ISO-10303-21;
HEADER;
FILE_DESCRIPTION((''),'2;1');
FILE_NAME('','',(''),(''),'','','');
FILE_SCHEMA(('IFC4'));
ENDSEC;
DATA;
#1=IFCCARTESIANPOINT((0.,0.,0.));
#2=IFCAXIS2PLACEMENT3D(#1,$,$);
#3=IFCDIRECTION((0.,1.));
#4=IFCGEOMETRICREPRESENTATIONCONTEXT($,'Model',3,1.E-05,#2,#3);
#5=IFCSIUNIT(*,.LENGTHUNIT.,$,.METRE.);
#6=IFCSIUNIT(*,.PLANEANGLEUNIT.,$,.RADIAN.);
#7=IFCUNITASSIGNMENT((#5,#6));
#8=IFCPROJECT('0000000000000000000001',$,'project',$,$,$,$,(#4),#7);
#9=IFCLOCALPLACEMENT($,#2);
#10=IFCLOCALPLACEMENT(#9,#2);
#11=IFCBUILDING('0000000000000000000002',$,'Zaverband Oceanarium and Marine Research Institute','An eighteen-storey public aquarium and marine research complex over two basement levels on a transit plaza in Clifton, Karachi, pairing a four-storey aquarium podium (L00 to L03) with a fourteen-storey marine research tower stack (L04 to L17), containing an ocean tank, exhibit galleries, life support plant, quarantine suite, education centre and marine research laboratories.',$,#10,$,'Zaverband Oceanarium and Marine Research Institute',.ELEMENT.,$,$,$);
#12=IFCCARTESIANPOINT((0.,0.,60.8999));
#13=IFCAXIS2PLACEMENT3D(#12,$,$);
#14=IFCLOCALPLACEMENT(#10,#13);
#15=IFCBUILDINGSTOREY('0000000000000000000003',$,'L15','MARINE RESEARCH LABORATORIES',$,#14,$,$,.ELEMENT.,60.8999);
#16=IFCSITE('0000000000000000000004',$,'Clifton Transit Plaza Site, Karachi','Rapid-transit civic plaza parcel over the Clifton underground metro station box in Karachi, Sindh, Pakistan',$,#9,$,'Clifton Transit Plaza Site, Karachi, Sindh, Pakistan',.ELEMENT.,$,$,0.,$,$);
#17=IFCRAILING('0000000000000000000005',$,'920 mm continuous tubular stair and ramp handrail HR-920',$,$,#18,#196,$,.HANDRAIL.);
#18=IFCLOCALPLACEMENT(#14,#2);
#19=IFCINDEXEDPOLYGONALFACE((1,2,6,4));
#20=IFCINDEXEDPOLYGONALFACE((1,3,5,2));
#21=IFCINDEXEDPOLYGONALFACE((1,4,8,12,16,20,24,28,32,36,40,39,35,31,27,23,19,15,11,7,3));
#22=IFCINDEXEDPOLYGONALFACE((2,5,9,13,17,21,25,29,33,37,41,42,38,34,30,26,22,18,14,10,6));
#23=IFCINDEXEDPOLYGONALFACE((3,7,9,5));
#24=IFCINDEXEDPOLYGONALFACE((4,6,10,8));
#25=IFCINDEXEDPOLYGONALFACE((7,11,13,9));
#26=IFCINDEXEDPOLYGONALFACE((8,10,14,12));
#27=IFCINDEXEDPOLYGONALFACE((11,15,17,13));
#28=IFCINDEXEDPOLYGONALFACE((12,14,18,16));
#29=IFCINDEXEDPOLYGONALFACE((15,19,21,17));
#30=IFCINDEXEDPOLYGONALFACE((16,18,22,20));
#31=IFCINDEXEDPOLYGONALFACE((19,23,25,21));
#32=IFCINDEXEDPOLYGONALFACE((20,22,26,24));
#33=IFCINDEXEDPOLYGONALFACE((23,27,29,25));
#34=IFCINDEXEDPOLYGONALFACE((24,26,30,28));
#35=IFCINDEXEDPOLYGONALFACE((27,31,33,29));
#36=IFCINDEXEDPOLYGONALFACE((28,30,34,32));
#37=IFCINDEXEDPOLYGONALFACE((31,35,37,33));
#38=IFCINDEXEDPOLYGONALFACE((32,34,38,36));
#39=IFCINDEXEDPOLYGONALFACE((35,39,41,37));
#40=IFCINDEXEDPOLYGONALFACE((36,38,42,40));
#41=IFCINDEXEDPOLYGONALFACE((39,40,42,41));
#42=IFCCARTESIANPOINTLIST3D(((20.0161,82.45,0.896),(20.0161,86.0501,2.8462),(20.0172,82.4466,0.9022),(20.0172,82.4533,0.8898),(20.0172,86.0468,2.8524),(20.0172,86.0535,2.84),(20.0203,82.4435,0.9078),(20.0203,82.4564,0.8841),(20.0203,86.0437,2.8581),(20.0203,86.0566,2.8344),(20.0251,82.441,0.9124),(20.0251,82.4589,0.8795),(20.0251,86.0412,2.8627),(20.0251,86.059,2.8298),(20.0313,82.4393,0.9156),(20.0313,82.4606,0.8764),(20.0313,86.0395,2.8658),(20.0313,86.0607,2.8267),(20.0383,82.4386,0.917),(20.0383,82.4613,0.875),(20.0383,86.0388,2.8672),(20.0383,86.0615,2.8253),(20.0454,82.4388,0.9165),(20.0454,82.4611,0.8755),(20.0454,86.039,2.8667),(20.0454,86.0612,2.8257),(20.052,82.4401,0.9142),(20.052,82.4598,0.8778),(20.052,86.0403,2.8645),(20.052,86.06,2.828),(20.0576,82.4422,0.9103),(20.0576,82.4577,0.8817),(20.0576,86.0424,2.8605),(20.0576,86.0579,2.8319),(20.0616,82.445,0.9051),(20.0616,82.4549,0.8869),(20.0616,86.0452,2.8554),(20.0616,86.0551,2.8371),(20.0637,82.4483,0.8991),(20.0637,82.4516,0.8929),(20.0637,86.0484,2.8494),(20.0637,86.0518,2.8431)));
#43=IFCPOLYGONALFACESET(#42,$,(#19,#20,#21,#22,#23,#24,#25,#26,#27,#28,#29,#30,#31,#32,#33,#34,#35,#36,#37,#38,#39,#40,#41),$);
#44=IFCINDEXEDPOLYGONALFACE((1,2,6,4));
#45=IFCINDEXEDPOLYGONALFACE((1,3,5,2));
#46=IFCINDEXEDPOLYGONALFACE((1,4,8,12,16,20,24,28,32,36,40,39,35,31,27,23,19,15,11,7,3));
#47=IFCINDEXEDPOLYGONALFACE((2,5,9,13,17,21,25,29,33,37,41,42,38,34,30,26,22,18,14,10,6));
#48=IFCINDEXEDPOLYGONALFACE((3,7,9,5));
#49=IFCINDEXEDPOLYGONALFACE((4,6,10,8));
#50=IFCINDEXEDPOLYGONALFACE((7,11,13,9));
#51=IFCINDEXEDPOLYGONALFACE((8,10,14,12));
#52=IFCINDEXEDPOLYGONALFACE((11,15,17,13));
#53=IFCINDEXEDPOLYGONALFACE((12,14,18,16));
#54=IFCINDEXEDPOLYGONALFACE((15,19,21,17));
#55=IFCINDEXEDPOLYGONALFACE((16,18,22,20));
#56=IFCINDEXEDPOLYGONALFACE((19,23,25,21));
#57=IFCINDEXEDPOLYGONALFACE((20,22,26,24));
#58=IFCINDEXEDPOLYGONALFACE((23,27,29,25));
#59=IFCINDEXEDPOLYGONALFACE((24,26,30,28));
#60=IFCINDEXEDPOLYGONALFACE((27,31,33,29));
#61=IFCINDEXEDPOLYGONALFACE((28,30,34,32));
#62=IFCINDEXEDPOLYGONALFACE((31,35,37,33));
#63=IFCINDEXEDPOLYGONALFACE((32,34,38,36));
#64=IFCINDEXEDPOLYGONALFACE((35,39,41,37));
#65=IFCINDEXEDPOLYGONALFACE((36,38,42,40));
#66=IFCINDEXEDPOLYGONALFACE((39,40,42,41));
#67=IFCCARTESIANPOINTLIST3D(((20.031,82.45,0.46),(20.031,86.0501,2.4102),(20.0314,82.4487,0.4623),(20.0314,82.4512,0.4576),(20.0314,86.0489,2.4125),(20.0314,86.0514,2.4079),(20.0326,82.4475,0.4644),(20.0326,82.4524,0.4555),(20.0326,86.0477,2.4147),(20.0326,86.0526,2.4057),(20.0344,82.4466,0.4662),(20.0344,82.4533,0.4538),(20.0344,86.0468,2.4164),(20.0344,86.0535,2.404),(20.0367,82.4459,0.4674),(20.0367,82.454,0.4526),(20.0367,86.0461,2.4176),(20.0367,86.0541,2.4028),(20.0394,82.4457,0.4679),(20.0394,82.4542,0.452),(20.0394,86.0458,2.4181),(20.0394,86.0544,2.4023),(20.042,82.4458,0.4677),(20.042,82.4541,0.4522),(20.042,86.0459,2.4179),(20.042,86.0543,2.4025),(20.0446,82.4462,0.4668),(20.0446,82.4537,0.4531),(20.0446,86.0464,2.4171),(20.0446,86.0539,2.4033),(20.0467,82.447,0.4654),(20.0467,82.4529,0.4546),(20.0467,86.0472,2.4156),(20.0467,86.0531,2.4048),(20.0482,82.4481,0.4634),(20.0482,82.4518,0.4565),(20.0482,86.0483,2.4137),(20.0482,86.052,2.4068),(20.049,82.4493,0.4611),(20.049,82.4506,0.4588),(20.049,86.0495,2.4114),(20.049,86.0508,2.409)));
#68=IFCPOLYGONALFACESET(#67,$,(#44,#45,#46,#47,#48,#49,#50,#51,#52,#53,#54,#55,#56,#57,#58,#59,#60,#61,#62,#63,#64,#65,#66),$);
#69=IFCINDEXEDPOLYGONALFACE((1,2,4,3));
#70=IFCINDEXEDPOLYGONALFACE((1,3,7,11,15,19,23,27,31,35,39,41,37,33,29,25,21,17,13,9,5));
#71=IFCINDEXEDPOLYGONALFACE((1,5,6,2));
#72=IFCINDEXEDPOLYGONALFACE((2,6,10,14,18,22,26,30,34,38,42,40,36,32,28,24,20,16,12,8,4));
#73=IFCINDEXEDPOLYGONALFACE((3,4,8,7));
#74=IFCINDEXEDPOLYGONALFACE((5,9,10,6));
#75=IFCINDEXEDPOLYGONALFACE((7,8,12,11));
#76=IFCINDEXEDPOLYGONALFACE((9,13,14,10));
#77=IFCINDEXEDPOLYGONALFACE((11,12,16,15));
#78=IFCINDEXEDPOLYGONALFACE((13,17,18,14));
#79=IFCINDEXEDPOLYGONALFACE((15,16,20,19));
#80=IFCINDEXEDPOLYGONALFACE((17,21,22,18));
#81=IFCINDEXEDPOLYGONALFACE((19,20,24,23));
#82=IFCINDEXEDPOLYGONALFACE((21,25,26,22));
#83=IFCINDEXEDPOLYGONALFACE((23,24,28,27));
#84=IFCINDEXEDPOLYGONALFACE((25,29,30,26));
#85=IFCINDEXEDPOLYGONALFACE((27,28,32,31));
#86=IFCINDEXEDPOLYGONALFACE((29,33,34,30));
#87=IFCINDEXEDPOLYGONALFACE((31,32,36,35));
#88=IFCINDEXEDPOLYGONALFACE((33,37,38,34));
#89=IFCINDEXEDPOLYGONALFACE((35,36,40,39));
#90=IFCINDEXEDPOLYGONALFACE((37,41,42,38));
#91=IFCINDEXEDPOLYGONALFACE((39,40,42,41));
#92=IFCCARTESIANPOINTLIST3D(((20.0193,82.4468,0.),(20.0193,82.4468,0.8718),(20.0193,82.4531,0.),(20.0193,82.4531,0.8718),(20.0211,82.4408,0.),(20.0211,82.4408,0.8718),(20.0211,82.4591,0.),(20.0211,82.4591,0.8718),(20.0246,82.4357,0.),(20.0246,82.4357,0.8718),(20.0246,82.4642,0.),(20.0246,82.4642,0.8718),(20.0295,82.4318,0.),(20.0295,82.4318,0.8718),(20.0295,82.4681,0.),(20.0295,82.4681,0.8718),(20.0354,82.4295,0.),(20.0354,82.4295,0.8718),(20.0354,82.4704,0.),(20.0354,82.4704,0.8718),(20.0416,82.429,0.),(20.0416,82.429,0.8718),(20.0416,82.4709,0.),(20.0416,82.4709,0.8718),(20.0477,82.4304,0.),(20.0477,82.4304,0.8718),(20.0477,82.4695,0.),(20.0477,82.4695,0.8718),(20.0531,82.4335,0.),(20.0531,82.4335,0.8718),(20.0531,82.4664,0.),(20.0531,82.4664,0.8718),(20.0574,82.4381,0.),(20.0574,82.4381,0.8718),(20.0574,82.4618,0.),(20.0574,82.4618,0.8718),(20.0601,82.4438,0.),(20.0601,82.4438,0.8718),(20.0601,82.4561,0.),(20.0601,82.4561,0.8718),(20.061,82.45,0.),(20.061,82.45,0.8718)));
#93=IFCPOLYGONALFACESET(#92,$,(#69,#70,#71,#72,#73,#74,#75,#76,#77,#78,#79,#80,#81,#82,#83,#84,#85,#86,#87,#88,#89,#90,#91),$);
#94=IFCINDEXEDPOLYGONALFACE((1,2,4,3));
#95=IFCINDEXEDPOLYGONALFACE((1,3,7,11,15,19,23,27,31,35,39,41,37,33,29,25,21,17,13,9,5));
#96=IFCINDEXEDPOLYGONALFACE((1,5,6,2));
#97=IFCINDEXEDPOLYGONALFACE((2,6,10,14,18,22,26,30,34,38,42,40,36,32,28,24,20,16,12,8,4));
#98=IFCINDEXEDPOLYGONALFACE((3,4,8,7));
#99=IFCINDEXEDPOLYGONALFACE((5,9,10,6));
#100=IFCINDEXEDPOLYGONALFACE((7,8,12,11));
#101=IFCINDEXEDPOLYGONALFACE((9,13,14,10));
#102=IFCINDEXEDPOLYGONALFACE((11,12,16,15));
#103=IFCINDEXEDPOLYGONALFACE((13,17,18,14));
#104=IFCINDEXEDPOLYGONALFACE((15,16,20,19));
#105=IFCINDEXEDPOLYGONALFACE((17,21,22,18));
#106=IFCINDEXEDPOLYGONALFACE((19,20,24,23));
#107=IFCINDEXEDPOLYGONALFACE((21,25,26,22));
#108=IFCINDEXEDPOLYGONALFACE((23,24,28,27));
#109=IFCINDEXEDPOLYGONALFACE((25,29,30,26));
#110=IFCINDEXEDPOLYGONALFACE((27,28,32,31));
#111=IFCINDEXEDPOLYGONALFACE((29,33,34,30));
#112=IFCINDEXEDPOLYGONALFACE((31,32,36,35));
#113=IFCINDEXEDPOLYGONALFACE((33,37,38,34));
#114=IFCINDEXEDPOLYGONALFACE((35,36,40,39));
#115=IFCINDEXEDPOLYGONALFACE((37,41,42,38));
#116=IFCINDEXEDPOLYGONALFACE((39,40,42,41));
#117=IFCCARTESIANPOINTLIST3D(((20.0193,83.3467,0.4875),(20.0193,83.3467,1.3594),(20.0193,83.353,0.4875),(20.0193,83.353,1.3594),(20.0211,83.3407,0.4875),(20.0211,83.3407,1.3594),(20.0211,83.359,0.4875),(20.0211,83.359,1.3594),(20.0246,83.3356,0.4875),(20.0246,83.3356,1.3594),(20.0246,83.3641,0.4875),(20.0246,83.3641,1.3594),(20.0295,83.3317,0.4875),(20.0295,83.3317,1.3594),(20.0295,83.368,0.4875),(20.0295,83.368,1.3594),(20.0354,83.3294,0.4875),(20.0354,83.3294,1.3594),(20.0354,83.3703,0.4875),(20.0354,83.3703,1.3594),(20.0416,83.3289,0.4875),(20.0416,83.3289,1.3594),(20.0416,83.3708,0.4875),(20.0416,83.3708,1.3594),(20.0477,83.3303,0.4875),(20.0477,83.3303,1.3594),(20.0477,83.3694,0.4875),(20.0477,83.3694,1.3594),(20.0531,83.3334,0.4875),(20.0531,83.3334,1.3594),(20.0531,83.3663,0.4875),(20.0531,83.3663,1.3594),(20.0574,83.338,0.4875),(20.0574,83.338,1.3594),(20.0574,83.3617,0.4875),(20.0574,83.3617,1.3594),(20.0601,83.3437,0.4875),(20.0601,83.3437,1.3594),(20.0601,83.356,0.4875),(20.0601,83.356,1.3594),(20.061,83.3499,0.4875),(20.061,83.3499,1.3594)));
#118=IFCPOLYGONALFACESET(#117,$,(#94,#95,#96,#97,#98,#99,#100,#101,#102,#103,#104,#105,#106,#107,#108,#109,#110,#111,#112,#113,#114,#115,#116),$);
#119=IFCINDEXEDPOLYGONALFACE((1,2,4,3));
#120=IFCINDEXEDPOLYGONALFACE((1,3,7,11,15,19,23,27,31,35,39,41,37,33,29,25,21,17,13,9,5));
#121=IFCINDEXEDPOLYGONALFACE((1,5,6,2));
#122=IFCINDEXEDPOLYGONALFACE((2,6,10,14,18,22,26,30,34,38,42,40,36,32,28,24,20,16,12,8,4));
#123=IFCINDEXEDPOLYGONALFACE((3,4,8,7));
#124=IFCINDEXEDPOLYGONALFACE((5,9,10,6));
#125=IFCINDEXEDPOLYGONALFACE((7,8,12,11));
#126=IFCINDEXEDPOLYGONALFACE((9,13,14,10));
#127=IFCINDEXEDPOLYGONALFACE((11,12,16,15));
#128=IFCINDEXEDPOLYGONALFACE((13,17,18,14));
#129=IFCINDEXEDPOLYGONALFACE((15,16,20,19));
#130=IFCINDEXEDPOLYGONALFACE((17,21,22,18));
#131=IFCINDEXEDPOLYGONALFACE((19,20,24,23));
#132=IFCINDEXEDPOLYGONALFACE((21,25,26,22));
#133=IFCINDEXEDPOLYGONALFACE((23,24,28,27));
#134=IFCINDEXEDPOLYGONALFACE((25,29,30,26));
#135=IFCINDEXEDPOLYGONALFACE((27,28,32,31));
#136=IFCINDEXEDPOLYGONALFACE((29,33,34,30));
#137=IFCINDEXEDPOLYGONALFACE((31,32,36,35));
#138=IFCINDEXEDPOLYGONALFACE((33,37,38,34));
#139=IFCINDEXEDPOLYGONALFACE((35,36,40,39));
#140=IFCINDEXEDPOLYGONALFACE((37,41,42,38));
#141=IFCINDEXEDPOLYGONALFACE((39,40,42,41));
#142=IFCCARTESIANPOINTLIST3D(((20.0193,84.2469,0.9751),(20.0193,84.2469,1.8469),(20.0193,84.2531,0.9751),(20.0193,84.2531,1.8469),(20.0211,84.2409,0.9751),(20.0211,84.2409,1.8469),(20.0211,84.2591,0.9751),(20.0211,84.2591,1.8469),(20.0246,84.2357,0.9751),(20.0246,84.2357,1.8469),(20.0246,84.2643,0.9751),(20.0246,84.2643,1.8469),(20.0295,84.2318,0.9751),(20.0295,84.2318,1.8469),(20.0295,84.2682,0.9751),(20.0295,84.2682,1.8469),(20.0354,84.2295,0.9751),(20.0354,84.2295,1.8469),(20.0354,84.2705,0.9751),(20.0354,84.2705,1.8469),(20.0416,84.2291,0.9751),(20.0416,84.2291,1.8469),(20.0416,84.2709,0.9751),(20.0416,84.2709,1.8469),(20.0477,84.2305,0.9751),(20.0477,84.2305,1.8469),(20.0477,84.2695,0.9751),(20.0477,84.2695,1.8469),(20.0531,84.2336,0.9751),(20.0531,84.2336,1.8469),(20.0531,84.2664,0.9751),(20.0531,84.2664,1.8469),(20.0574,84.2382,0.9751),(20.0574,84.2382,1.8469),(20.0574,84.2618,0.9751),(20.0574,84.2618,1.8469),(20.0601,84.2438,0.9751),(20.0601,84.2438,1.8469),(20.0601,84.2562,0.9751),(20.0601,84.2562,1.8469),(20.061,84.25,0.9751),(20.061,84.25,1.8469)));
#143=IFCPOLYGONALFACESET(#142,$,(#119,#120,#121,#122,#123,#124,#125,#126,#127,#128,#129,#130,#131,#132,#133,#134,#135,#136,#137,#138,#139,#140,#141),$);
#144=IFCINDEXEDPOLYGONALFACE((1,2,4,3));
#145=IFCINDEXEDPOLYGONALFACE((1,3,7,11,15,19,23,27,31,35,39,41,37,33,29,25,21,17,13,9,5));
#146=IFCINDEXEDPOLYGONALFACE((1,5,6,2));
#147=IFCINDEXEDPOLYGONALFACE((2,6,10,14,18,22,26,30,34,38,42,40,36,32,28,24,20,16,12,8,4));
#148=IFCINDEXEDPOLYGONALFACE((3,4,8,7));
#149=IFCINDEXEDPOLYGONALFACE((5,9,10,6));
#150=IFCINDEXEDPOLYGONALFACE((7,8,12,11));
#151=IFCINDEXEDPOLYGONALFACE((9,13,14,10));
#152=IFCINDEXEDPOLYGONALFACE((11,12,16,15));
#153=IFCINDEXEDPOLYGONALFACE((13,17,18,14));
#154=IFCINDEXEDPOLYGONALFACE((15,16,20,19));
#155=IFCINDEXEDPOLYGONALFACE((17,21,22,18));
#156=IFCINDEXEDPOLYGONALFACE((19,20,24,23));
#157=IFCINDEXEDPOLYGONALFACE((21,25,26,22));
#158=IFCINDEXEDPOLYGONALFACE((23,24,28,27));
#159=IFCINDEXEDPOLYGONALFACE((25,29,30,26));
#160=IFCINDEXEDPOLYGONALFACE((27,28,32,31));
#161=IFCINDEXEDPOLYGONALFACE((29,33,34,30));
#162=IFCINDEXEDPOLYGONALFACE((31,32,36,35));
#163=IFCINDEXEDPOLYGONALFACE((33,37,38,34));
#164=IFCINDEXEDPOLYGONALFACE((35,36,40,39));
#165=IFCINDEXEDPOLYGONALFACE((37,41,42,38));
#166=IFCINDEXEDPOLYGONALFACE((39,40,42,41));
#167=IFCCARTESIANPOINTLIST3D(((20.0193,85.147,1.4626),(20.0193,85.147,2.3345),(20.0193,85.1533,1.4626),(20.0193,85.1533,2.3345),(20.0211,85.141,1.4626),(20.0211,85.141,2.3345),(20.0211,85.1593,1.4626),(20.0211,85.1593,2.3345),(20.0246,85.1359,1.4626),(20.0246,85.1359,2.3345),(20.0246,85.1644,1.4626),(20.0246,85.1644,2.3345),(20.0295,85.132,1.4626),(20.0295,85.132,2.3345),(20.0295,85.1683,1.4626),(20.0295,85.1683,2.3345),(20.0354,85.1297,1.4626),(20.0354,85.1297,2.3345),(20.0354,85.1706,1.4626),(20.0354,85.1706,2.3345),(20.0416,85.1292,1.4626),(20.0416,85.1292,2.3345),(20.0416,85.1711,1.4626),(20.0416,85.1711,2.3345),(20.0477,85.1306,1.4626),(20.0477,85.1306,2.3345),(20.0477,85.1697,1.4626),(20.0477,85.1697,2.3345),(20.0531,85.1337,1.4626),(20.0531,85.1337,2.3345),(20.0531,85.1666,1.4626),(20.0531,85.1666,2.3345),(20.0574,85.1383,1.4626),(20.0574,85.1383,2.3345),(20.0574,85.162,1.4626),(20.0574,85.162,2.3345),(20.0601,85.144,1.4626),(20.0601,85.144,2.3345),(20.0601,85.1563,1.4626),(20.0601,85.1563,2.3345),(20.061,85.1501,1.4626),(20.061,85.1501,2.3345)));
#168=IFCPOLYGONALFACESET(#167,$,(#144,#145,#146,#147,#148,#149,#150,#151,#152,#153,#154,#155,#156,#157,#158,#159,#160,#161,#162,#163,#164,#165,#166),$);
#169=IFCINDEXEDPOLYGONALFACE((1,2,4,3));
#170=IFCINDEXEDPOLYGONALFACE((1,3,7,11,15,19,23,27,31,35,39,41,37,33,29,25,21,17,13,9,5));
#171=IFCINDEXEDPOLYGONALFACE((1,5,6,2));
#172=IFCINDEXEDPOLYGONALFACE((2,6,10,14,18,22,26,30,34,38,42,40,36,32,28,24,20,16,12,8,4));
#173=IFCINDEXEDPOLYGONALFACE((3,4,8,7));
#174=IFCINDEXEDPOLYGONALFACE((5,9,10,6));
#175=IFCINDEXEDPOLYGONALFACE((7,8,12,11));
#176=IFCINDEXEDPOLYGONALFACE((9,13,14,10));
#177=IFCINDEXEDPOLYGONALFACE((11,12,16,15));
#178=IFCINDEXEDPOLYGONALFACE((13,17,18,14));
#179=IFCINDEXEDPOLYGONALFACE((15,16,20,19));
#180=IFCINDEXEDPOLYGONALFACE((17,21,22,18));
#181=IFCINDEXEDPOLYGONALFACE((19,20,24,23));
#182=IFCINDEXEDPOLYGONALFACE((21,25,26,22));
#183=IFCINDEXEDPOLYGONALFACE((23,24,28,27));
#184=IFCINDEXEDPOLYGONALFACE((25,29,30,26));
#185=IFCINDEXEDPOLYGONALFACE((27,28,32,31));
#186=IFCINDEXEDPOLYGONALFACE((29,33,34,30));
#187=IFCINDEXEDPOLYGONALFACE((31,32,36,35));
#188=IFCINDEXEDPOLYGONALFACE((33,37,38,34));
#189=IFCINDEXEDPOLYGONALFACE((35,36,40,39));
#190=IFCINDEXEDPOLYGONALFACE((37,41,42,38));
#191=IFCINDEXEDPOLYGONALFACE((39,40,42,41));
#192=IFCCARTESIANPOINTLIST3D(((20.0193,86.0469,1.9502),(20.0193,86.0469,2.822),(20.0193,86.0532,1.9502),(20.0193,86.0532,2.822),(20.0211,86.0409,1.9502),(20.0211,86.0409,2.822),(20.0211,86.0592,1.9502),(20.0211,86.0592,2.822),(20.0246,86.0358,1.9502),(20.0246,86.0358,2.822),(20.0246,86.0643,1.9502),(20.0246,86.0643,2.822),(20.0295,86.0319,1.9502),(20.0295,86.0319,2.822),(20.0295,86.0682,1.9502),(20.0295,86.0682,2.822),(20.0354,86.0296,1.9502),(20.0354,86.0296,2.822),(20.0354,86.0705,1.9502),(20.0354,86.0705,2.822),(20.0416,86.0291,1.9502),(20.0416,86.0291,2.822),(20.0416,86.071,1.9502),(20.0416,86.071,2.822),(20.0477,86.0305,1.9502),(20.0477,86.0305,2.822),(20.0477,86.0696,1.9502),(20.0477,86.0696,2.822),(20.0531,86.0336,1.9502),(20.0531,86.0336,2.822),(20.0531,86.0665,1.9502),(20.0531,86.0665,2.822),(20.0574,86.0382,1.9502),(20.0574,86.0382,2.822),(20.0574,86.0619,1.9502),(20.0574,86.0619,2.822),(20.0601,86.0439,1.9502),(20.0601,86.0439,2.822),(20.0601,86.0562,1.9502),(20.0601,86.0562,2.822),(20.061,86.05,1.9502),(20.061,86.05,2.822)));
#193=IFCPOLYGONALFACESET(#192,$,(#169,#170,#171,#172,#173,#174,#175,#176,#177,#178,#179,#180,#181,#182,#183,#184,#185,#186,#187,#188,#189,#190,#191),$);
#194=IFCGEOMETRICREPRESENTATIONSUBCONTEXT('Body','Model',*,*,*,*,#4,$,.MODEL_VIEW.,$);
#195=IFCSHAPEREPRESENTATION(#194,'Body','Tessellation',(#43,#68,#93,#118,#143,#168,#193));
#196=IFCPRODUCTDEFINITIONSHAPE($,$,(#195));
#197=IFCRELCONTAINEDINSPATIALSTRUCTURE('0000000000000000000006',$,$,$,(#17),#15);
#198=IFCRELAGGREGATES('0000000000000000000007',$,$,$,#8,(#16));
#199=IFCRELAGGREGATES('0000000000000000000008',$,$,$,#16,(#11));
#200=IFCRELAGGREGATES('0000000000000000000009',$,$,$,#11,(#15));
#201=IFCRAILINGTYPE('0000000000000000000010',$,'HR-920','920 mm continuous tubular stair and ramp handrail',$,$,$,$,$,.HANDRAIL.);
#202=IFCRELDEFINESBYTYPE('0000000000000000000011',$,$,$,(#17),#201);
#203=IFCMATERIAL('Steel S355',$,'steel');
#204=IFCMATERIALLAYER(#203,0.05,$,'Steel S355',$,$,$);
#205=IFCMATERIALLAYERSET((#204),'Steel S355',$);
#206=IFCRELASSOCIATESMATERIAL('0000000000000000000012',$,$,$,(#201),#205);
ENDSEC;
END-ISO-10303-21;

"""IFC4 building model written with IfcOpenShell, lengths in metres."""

from ifc_helpers import new_model, si_unit, direction, frame, origin, origin_2d, place, context, subcontext, project, spatial, circle, extrude, material, layer, layer_set, type_object, element, save


model = new_model("IFC4")

# Units and contexts
model_context = context("Model", 3, precision=1e-05, world=origin(), true_north=direction((0.0, 1.0)))
body_context = subcontext(model_context, "Body", "Model", "MODEL_VIEW")
ifc_project = project(units=[si_unit("LENGTHUNIT", "METRE"), si_unit("PLANEANGLEUNIT", "RADIAN")], contexts=[model_context])

# Site, building, storey
site_placement = place(None, origin())
site = spatial("IfcSite", under=ifc_project, at=site_placement, Name="Clifton Transit Plaza Site, Karachi", Description="Rapid-transit civic plaza parcel over the Clifton underground metro station box in Karachi, Sindh, Pakistan", LongName="Clifton Transit Plaza Site, Karachi, Sindh, Pakistan", CompositionType="ELEMENT", RefElevation=0.0)
building_placement = place(site_placement, origin())
building = spatial("IfcBuilding", under=site, at=building_placement, Name="Zaverband Oceanarium and Marine Research Institute", Description="An eighteen-storey public aquarium and marine research complex over two basement levels on a transit plaza in Clifton, Karachi, pairing a four-storey aquarium podium (L00 to L03) with a fourteen-storey marine research tower stack (L04 to L17), containing an ocean tank, exhibit galleries, life support plant, quarantine suite, education centre and marine research laboratories.", LongName="Zaverband Oceanarium and Marine Research Institute", CompositionType="ELEMENT")
storey_placement = place(building_placement, frame((0.0, 0.0, 60.8999)))
storey = spatial("IfcBuildingStorey", under=building, at=storey_placement, Name="L15", Description="MARINE RESEARCH LABORATORIES", CompositionType="ELEMENT", Elevation=60.8999)

# Shared definitions
ifc_material_1 = material(Name="Steel S355", Category="steel")

# Railing
ifc_layer_1 = layer(ifc_material_1, 0.05, Name="Steel S355")
ifc_layer_set_1 = layer_set([ifc_layer_1], Name="Steel S355")
railing_type_1 = type_object("IfcRailingType", Name="HR-920", Description="920 mm continuous tubular stair and ramp handrail", PredefinedType="HANDRAIL", material=ifc_layer_set_1)
railing_1_placement = place(storey_placement, frame((20.04, 82.45, 0.0)))
element("IfcRailing", 1, at=railing_1_placement, inside=storey, type_object=railing_type_1, Name="920 mm continuous tubular stair and ramp handrail HR-920", PredefinedType="HANDRAIL", context=body_context, shape_type="SweptSolid", body=[
    extrude(circle(Radius=0.0239, at=origin_2d()), frame((0.0, 0.0, 0.896), z_axis=(0.0, 0.879277, 0.47631), x_axis=(-1.0, 0.0, 0.0)), (0.0, 0.0, 1.0), 4.0945),
    extrude(circle(Radius=0.009, at=origin_2d()), frame((0.0, 0.0, 0.46), z_axis=(0.0, 0.879277, 0.47631), x_axis=(-1.0, 0.0, 0.0)), (0.0, 0.0, 1.0), 4.0945),
    extrude(circle(Radius=0.021, at=origin_2d()), origin(), (0.0, 0.0, 1.0), 0.8718),
    extrude(circle(Radius=0.021, at=origin_2d()), frame((0.0, 0.8999, 0.4875)), (0.0, 0.0, 1.0), 0.8718),
    extrude(circle(Radius=0.021, at=origin_2d()), frame((0.0, 1.8, 0.9751)), (0.0, 0.0, 1.0), 0.8718),
    extrude(circle(Radius=0.021, at=origin_2d()), frame((0.0, 2.7002, 1.4626)), (0.0, 0.0, 1.0), 0.8718),
    extrude(circle(Radius=0.021, at=origin_2d()), frame((0.0, 3.6001, 1.9502)), (0.0, 0.0, 1.0), 0.8718),
])

save(model, "model.ifc")
